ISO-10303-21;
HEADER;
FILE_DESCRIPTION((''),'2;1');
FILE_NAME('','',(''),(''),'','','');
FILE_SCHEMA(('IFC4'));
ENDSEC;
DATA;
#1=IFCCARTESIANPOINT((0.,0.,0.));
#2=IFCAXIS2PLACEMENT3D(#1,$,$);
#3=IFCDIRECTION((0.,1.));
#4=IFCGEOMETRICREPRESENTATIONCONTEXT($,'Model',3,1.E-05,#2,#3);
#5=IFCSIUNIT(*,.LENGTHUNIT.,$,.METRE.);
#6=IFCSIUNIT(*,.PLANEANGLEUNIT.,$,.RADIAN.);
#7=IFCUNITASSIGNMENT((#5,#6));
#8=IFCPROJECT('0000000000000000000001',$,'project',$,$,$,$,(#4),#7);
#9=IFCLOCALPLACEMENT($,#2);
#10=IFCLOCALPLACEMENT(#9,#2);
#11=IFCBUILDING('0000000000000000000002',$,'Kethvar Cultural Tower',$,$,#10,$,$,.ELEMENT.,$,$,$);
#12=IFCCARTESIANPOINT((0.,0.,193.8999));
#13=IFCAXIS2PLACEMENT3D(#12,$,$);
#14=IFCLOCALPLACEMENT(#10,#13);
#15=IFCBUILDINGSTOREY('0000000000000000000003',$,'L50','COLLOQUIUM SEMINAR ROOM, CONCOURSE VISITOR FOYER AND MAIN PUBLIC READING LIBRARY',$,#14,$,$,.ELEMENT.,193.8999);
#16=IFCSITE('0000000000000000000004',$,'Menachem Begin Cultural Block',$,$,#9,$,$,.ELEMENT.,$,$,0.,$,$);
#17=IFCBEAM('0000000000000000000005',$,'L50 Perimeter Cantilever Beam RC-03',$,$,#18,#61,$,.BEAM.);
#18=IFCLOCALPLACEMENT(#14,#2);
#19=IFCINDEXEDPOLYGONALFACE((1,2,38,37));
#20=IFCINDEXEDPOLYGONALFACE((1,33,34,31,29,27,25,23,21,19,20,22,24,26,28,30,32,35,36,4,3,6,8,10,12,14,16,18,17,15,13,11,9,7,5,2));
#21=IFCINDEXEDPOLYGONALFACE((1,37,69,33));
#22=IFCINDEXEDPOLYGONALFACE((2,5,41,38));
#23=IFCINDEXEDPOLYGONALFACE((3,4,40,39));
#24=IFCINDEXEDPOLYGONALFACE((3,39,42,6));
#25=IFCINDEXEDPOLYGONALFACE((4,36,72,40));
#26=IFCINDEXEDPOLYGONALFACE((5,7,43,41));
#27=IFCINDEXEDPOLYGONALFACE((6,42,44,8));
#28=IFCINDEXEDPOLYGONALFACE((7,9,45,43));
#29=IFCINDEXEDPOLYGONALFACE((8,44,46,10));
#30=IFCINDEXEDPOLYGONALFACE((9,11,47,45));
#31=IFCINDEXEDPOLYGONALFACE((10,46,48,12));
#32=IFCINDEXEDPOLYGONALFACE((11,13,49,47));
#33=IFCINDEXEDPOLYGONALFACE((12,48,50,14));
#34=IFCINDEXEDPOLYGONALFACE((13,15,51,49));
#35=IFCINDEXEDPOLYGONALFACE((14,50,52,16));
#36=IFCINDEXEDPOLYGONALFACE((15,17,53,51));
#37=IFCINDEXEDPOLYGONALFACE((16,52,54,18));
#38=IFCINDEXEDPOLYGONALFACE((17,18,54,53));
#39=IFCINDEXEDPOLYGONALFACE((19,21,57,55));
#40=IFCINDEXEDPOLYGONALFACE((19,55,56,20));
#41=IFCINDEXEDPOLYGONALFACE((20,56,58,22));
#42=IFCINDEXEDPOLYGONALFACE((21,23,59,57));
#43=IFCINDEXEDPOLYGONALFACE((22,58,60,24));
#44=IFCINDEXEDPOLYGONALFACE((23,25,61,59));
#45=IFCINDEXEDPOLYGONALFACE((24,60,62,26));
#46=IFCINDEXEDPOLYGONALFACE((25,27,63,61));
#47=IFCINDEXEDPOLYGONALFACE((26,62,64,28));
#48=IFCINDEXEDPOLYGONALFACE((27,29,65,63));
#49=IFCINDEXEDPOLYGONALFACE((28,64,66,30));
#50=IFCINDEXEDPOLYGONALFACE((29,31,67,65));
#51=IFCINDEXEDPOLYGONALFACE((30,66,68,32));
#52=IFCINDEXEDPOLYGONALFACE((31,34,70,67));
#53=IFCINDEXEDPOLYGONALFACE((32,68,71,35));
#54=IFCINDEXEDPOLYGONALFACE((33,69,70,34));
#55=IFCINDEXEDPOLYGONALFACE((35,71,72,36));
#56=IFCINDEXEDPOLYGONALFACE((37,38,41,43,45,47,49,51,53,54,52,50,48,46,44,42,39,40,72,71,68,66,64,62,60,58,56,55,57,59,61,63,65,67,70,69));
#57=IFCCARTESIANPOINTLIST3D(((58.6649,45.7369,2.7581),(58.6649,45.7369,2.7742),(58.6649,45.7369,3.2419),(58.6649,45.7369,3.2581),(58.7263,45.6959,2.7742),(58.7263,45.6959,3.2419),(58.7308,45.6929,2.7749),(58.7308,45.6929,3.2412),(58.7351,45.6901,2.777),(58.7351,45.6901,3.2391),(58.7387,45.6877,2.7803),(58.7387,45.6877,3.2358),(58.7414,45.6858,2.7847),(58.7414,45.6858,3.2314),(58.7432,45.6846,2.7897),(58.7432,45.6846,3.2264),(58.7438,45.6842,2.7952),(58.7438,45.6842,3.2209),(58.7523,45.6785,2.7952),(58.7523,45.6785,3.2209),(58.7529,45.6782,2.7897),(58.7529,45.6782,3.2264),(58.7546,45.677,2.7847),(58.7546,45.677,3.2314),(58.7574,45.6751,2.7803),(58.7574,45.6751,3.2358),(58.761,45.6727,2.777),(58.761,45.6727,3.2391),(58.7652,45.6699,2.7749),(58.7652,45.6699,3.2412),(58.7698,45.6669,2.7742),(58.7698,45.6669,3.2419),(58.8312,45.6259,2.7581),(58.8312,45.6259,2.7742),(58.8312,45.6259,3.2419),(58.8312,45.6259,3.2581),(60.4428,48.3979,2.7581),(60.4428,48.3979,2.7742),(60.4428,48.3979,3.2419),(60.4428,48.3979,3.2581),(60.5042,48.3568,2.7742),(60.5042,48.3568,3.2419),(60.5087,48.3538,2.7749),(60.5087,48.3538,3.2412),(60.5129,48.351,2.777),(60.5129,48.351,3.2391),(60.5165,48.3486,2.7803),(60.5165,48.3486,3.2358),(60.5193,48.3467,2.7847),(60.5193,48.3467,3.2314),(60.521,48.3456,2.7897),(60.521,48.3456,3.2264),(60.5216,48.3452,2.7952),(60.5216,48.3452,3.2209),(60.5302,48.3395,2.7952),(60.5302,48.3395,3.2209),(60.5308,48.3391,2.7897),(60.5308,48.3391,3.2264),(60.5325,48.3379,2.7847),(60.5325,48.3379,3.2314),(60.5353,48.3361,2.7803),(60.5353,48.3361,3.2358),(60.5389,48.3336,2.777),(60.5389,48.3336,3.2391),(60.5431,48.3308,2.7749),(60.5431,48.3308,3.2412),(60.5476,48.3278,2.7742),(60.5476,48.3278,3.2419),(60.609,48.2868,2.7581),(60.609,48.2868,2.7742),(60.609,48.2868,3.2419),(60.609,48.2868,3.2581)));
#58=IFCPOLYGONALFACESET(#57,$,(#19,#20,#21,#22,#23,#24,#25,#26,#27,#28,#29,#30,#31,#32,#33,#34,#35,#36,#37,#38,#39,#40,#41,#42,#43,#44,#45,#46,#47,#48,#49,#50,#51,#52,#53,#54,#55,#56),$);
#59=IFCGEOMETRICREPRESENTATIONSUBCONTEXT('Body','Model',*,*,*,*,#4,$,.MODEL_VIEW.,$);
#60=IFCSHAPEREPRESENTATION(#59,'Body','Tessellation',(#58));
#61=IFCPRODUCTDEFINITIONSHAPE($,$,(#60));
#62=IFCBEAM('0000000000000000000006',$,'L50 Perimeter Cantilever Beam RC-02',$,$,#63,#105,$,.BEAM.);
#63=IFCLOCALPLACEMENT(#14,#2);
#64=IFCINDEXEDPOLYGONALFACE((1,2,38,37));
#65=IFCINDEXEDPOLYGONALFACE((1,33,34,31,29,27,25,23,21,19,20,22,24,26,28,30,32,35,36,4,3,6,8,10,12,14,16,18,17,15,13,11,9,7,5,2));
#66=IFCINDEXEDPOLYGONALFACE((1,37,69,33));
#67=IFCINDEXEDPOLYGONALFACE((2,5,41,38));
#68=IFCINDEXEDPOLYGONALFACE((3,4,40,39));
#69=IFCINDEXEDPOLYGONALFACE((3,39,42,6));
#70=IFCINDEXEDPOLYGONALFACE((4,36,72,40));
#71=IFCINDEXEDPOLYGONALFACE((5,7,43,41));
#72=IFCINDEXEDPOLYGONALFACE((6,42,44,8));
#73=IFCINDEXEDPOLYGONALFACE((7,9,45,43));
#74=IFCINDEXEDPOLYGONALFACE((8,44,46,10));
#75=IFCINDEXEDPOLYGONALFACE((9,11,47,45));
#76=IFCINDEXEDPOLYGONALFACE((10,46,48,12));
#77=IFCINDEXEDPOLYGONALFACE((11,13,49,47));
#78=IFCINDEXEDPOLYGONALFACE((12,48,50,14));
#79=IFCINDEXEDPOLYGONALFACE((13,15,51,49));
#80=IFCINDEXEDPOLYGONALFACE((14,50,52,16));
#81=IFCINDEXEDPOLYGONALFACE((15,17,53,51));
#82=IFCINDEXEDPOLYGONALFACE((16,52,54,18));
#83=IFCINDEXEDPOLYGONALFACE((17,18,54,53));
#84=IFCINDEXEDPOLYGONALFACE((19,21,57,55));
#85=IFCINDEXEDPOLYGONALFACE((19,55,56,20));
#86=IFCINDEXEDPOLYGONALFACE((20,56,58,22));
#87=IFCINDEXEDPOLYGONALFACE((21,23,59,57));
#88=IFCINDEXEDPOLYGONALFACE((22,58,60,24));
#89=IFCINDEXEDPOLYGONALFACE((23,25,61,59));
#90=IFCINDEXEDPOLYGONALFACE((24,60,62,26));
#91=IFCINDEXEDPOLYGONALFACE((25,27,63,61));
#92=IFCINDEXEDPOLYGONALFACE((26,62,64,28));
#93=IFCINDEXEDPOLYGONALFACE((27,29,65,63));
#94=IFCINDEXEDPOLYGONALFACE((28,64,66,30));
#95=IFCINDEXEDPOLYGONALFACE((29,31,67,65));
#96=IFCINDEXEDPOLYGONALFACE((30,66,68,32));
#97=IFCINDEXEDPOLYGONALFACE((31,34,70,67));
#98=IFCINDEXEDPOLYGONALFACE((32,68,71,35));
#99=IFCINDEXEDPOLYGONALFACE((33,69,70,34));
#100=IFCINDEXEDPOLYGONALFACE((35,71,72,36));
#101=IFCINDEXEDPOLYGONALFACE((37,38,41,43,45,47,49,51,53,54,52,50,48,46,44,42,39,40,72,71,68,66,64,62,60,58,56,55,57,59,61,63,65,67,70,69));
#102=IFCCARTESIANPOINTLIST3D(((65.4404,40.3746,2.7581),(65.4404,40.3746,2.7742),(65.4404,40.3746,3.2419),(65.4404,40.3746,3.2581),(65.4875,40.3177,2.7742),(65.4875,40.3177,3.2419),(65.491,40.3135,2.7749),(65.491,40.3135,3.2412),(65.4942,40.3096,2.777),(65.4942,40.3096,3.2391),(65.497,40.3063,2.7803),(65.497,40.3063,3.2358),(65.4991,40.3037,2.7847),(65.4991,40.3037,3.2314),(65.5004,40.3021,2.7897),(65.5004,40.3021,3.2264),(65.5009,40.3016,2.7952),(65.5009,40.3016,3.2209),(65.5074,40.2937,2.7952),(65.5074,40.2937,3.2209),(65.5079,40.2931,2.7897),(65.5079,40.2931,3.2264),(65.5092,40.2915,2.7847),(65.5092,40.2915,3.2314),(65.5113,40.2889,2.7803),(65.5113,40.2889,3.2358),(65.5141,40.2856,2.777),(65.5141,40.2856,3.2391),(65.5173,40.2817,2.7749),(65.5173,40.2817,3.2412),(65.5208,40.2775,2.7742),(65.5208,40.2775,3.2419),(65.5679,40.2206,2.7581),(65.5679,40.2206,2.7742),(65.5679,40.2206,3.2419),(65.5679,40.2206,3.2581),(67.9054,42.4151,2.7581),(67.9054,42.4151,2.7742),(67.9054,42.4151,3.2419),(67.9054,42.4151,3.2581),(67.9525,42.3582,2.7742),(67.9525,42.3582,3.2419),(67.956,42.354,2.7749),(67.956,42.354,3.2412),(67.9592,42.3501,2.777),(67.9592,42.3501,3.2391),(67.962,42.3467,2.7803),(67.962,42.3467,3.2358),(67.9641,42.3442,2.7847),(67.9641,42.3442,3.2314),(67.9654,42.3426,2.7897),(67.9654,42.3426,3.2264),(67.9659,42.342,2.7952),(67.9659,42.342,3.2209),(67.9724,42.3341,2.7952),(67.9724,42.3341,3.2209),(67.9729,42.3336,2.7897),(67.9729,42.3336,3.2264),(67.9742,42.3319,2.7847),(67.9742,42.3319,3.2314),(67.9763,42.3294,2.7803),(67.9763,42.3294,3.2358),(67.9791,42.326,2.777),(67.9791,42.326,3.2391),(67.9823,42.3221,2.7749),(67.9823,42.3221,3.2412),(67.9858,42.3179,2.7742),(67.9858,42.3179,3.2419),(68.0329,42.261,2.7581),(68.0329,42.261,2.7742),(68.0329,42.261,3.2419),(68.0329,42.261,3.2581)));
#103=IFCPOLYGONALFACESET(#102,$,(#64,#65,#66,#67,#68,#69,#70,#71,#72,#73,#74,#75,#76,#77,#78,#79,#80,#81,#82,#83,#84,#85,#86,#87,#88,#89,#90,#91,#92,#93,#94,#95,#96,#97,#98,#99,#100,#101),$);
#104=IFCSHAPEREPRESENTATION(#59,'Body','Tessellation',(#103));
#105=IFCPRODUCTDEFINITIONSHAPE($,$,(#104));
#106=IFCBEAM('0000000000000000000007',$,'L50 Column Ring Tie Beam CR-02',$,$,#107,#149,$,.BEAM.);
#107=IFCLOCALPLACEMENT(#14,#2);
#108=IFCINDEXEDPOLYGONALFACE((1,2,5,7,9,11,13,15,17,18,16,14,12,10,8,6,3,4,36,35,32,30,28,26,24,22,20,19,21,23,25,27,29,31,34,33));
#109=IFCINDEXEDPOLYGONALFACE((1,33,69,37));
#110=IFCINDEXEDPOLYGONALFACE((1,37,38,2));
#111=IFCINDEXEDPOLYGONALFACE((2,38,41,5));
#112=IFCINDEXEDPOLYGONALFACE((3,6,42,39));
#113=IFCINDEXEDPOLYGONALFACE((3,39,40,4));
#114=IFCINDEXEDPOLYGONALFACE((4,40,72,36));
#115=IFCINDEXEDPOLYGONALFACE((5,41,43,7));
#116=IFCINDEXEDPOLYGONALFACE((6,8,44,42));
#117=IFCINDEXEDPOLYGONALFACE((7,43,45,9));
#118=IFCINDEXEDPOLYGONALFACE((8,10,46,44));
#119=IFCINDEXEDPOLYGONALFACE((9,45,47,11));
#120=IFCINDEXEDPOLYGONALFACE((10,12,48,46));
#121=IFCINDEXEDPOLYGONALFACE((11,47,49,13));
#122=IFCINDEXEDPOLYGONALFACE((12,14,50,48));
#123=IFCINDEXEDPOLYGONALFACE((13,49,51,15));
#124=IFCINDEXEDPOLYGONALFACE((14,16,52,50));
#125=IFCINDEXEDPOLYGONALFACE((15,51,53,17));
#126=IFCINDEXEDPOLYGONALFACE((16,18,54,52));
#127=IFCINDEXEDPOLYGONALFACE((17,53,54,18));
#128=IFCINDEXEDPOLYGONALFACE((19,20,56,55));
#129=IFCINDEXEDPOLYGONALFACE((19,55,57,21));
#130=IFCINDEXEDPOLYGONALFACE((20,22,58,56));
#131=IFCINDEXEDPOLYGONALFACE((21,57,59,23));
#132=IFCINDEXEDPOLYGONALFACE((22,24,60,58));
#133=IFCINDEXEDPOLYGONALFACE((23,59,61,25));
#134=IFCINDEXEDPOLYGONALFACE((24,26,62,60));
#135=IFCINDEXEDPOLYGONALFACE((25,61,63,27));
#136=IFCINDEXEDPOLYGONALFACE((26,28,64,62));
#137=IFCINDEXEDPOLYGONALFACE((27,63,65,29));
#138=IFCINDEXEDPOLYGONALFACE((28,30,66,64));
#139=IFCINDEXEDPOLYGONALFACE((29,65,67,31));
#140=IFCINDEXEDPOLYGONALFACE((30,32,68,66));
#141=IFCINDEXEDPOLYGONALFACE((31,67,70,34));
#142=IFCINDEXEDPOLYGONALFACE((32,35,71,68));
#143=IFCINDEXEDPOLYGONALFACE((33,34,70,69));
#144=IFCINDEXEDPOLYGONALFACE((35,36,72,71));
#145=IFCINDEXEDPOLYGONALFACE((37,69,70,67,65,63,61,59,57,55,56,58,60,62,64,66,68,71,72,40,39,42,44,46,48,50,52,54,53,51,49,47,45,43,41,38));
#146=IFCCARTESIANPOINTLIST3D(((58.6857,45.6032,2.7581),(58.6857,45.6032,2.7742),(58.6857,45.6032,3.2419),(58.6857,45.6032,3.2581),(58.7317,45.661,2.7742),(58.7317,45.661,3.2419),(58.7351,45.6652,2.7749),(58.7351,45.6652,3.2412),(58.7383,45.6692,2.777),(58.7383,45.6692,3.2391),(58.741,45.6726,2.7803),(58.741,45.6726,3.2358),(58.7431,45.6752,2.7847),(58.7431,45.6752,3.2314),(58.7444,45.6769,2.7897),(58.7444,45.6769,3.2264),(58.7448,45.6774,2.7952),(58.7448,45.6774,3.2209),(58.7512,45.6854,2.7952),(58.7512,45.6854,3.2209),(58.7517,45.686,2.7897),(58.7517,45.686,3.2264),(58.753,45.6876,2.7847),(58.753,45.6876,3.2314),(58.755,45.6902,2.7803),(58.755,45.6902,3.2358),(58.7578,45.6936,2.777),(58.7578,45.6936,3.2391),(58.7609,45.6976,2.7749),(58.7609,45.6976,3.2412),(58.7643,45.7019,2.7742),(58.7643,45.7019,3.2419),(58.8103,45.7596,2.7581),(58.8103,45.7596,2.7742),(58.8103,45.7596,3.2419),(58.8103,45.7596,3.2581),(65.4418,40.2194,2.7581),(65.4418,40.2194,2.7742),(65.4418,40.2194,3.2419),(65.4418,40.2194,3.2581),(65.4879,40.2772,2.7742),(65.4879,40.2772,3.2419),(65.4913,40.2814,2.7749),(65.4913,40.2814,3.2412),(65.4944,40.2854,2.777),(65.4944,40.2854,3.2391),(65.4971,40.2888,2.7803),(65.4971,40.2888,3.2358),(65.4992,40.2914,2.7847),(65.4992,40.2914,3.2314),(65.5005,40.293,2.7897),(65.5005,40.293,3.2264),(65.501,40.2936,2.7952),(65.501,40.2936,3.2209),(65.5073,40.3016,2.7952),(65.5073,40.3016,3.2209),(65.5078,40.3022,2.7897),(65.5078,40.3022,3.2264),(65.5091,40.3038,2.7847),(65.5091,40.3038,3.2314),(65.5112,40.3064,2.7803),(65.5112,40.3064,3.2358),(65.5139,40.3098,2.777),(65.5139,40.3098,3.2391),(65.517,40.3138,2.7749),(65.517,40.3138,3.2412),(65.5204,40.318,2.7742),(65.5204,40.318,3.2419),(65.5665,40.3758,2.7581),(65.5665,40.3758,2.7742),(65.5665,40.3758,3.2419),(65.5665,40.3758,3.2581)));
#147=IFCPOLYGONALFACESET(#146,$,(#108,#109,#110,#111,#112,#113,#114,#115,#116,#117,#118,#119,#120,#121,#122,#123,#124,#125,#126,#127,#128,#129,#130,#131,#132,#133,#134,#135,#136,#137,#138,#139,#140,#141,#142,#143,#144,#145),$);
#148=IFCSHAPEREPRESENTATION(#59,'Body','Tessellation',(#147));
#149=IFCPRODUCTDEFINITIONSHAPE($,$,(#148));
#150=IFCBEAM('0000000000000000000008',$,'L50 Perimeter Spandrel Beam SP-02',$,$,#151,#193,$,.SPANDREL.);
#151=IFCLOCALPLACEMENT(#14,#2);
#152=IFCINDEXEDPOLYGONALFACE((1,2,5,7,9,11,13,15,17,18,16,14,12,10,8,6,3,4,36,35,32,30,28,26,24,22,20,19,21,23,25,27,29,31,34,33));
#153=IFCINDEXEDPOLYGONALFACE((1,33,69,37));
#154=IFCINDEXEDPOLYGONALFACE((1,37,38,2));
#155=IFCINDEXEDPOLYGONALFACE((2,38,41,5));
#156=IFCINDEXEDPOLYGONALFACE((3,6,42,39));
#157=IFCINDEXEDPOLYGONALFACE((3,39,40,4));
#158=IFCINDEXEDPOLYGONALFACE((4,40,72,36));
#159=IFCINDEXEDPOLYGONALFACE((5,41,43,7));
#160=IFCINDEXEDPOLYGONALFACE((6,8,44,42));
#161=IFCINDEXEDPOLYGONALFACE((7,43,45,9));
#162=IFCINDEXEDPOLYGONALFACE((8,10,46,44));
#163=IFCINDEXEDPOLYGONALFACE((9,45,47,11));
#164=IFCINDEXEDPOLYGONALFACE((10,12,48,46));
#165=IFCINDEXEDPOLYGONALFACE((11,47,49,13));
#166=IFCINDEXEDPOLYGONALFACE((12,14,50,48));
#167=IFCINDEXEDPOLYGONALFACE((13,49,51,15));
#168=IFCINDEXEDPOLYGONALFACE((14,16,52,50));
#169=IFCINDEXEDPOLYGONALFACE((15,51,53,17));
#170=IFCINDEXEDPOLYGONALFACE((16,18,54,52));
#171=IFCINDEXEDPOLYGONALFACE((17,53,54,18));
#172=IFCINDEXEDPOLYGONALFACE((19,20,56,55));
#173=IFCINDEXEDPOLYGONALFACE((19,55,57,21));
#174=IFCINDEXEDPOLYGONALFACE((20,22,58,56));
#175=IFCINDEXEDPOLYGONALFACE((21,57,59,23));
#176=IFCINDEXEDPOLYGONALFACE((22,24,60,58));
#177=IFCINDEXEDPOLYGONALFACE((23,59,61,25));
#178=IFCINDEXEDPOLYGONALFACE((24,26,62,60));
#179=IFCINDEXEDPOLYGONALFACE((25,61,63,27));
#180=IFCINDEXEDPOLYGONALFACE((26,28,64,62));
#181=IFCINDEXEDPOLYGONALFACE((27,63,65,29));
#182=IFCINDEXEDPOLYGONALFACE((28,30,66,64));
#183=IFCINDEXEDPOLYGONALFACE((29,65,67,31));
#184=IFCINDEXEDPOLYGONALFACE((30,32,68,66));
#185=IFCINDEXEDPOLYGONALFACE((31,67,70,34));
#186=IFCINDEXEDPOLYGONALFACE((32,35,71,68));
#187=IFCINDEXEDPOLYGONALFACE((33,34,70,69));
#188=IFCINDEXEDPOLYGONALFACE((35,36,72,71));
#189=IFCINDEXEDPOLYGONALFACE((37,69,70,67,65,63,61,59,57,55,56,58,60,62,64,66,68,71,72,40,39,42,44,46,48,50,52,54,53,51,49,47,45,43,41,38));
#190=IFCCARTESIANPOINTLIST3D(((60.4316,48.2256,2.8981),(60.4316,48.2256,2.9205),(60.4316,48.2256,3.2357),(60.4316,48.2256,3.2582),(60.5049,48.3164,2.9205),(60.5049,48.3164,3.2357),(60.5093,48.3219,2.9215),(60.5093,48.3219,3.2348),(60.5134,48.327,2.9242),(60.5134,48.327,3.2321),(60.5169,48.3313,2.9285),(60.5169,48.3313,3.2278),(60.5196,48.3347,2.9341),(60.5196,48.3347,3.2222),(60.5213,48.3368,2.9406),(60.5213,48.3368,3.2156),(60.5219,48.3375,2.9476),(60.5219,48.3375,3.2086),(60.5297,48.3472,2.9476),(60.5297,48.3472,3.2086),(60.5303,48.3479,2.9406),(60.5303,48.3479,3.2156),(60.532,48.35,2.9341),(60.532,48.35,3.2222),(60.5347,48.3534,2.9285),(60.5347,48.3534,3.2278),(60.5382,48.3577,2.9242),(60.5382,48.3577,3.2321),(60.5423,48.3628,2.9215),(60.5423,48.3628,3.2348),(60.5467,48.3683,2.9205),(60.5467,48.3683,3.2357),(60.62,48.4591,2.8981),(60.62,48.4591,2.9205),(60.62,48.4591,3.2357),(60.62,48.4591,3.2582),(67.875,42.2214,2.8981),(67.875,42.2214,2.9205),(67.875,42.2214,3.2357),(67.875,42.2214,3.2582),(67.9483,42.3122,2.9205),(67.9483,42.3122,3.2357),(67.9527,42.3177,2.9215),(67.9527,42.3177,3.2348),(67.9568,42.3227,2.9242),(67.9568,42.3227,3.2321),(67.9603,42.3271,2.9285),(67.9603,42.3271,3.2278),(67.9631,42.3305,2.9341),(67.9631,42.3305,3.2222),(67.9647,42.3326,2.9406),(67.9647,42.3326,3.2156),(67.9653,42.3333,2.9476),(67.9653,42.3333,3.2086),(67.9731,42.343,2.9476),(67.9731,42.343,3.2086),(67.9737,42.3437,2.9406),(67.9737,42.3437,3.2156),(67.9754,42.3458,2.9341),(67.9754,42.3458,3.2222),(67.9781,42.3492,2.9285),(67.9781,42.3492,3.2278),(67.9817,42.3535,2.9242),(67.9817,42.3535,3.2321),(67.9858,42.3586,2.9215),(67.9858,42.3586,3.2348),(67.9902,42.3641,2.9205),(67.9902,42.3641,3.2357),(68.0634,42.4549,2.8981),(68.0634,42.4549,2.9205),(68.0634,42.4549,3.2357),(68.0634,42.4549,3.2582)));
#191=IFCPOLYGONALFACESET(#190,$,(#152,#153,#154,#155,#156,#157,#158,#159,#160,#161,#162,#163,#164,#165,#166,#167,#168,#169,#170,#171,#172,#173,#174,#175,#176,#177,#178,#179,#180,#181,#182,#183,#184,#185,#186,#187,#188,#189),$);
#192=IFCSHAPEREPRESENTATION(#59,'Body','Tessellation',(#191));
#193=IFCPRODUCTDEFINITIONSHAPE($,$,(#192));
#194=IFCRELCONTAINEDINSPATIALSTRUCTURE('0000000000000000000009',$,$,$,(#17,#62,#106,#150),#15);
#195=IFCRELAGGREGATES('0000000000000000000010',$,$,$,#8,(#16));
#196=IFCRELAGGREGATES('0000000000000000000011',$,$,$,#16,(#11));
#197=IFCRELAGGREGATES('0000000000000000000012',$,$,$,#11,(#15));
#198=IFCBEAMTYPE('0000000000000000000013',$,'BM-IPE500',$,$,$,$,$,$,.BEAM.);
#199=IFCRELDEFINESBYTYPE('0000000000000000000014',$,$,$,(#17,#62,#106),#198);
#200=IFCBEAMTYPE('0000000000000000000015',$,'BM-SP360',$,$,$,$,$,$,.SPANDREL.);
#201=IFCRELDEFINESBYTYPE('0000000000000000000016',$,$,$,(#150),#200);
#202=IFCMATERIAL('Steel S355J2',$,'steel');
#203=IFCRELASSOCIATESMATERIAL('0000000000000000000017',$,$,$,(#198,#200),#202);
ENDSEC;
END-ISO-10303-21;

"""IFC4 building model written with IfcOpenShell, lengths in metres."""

from ifc_helpers import new_model, si_unit, direction, frame, origin, origin_2d, place, context, subcontext, project, spatial, i_section, extrude, source, transform, mapped, material, material_profile, profile_set, type_object, element, save


model = new_model("IFC4")

# Units and contexts
model_context = context("Model", 3, precision=1e-05, world=origin(), true_north=direction((0.0, 1.0)))
body_context = subcontext(model_context, "Body", "Model", "MODEL_VIEW")
ifc_project = project(units=[si_unit("LENGTHUNIT", "METRE"), si_unit("PLANEANGLEUNIT", "RADIAN")], contexts=[model_context])

# Site, building, storey
site_placement = place(None, origin())
site = spatial("IfcSite", under=ifc_project, at=site_placement, Name="Menachem Begin Cultural Block", CompositionType="ELEMENT", RefElevation=0.0)
building_placement = place(site_placement, origin())
building = spatial("IfcBuilding", under=site, at=building_placement, Name="Kethvar Cultural Tower", CompositionType="ELEMENT")
storey_placement = place(building_placement, frame((0.0, 0.0, 193.8999)))
storey = spatial("IfcBuildingStorey", under=building, at=storey_placement, Name="L50", Description="COLLOQUIUM SEMINAR ROOM, CONCOURSE VISITOR FOYER AND MAIN PUBLIC READING LIBRARY", CompositionType="ELEMENT", Elevation=193.8999)

# Beams
ifc_material_1 = material(Name="Steel S355J2", Category="steel")
ifc_material_profile_1 = material_profile(ifc_material_1, i_section(OverallWidth=0.2, OverallDepth=0.5, WebThickness=0.0103, FlangeThickness=0.0161, FilletRadius=0.021, at=origin_2d()), Name="Steel S355J2 — IPE500")
ifc_profile_set_1 = profile_set([ifc_material_profile_1], Name="Steel S355J2 — IPE500")
beam_type_1 = type_object("IfcBeamType", Name="BM-IPE500", PredefinedType="BEAM", material=ifc_profile_set_1)
shared_shape_1 = source(origin(), body_context, "Body", "SweptSolid", [
    extrude(i_section(OverallWidth=0.2, OverallDepth=0.5, WebThickness=0.0103, FlangeThickness=0.0161, FilletRadius=0.021, at=origin_2d()), origin(), (0.0, 0.0, 1.0), 3.2002),
])
beam_1_placement = place(storey_placement, frame((58.748, 45.6814, 3.0081), z_axis=(0.555545, 0.831486, 0.0), x_axis=(-0.831486, 0.555545, 0.0)))
element("IfcBeam", 1, at=beam_1_placement, inside=storey, type_object=beam_type_1, Name="L50 Perimeter Cantilever Beam RC-03", PredefinedType="BEAM", context=body_context, shape_type="MappedRepresentation", body=[
    mapped(shared_shape_1, transform((0.0, 0.0, 0.0), scale=1.0)),
])
shared_shape_2 = source(origin(), body_context, "Body", "SweptSolid", [
    extrude(i_section(OverallWidth=0.2, OverallDepth=0.5, WebThickness=0.0103, FlangeThickness=0.0161, FilletRadius=0.021, at=origin_2d()), origin(), (0.0, 0.0, 1.0), 3.2),
])
beam_2_placement = place(storey_placement, frame((65.5042, 40.2976, 3.0081), z_axis=(0.770325, 0.637652, 0.0), x_axis=(-0.637652, 0.770325, 0.0)))
element("IfcBeam", 2, at=beam_2_placement, inside=storey, type_object=beam_type_1, Name="L50 Perimeter Cantilever Beam RC-02", PredefinedType="BEAM", context=body_context, shape_type="MappedRepresentation", body=[
    mapped(shared_shape_2, transform((0.0, 0.0, 0.0), scale=1.0)),
])
shared_shape_3 = source(origin(), body_context, "Body", "SweptSolid", [
    extrude(i_section(OverallWidth=0.2, OverallDepth=0.5, WebThickness=0.0103, FlangeThickness=0.0161, FilletRadius=0.021, at=origin_2d()), origin(), (0.0, 0.0, 1.0), 8.6389),
])
beam_3_placement = place(storey_placement, frame((65.5042, 40.2976, 3.0081), z_axis=(-0.782058, 0.623205, 0.0), x_axis=(-0.623205, -0.782058, 0.0)))
element("IfcBeam", 3, at=beam_3_placement, inside=storey, type_object=beam_type_1, Name="L50 Column Ring Tie Beam CR-02", PredefinedType="BEAM", context=body_context, shape_type="MappedRepresentation", body=[
    mapped(shared_shape_3, transform((0.0, 0.0, 0.0), scale=1.0)),
])
ifc_material_profile_2 = material_profile(ifc_material_1, i_section(OverallWidth=0.3, OverallDepth=0.3601, WebThickness=0.0125, FlangeThickness=0.0225, FilletRadius=0.0271, at=origin_2d()), Name="Steel S355J2 — HEB360")
ifc_profile_set_2 = profile_set([ifc_material_profile_2], Name="Steel S355J2 — HEB360")
beam_type_2 = type_object("IfcBeamType", Name="BM-SP360", PredefinedType="SPANDREL", material=ifc_profile_set_2)
shared_shape_4 = source(origin(), body_context, "Body", "SweptSolid", [
    extrude(i_section(OverallWidth=0.3, OverallDepth=0.3601, WebThickness=0.0125, FlangeThickness=0.0225, FilletRadius=0.0271, at=origin_2d()), origin(), (0.0, 0.0, 1.0), 9.5632),
])
beam_4_placement = place(storey_placement, frame((67.9692, 42.3381, 3.0781), z_axis=(-0.778339, 0.627844, 0.0), x_axis=(-0.627844, -0.778339, 0.0)))
element("IfcBeam", 4, at=beam_4_placement, inside=storey, type_object=beam_type_2, Name="L50 Perimeter Spandrel Beam SP-02", PredefinedType="SPANDREL", context=body_context, shape_type="MappedRepresentation", body=[
    mapped(shared_shape_4, transform((0.0, 0.0, 0.0), scale=1.0)),
])

save(model, "model.ifc")
